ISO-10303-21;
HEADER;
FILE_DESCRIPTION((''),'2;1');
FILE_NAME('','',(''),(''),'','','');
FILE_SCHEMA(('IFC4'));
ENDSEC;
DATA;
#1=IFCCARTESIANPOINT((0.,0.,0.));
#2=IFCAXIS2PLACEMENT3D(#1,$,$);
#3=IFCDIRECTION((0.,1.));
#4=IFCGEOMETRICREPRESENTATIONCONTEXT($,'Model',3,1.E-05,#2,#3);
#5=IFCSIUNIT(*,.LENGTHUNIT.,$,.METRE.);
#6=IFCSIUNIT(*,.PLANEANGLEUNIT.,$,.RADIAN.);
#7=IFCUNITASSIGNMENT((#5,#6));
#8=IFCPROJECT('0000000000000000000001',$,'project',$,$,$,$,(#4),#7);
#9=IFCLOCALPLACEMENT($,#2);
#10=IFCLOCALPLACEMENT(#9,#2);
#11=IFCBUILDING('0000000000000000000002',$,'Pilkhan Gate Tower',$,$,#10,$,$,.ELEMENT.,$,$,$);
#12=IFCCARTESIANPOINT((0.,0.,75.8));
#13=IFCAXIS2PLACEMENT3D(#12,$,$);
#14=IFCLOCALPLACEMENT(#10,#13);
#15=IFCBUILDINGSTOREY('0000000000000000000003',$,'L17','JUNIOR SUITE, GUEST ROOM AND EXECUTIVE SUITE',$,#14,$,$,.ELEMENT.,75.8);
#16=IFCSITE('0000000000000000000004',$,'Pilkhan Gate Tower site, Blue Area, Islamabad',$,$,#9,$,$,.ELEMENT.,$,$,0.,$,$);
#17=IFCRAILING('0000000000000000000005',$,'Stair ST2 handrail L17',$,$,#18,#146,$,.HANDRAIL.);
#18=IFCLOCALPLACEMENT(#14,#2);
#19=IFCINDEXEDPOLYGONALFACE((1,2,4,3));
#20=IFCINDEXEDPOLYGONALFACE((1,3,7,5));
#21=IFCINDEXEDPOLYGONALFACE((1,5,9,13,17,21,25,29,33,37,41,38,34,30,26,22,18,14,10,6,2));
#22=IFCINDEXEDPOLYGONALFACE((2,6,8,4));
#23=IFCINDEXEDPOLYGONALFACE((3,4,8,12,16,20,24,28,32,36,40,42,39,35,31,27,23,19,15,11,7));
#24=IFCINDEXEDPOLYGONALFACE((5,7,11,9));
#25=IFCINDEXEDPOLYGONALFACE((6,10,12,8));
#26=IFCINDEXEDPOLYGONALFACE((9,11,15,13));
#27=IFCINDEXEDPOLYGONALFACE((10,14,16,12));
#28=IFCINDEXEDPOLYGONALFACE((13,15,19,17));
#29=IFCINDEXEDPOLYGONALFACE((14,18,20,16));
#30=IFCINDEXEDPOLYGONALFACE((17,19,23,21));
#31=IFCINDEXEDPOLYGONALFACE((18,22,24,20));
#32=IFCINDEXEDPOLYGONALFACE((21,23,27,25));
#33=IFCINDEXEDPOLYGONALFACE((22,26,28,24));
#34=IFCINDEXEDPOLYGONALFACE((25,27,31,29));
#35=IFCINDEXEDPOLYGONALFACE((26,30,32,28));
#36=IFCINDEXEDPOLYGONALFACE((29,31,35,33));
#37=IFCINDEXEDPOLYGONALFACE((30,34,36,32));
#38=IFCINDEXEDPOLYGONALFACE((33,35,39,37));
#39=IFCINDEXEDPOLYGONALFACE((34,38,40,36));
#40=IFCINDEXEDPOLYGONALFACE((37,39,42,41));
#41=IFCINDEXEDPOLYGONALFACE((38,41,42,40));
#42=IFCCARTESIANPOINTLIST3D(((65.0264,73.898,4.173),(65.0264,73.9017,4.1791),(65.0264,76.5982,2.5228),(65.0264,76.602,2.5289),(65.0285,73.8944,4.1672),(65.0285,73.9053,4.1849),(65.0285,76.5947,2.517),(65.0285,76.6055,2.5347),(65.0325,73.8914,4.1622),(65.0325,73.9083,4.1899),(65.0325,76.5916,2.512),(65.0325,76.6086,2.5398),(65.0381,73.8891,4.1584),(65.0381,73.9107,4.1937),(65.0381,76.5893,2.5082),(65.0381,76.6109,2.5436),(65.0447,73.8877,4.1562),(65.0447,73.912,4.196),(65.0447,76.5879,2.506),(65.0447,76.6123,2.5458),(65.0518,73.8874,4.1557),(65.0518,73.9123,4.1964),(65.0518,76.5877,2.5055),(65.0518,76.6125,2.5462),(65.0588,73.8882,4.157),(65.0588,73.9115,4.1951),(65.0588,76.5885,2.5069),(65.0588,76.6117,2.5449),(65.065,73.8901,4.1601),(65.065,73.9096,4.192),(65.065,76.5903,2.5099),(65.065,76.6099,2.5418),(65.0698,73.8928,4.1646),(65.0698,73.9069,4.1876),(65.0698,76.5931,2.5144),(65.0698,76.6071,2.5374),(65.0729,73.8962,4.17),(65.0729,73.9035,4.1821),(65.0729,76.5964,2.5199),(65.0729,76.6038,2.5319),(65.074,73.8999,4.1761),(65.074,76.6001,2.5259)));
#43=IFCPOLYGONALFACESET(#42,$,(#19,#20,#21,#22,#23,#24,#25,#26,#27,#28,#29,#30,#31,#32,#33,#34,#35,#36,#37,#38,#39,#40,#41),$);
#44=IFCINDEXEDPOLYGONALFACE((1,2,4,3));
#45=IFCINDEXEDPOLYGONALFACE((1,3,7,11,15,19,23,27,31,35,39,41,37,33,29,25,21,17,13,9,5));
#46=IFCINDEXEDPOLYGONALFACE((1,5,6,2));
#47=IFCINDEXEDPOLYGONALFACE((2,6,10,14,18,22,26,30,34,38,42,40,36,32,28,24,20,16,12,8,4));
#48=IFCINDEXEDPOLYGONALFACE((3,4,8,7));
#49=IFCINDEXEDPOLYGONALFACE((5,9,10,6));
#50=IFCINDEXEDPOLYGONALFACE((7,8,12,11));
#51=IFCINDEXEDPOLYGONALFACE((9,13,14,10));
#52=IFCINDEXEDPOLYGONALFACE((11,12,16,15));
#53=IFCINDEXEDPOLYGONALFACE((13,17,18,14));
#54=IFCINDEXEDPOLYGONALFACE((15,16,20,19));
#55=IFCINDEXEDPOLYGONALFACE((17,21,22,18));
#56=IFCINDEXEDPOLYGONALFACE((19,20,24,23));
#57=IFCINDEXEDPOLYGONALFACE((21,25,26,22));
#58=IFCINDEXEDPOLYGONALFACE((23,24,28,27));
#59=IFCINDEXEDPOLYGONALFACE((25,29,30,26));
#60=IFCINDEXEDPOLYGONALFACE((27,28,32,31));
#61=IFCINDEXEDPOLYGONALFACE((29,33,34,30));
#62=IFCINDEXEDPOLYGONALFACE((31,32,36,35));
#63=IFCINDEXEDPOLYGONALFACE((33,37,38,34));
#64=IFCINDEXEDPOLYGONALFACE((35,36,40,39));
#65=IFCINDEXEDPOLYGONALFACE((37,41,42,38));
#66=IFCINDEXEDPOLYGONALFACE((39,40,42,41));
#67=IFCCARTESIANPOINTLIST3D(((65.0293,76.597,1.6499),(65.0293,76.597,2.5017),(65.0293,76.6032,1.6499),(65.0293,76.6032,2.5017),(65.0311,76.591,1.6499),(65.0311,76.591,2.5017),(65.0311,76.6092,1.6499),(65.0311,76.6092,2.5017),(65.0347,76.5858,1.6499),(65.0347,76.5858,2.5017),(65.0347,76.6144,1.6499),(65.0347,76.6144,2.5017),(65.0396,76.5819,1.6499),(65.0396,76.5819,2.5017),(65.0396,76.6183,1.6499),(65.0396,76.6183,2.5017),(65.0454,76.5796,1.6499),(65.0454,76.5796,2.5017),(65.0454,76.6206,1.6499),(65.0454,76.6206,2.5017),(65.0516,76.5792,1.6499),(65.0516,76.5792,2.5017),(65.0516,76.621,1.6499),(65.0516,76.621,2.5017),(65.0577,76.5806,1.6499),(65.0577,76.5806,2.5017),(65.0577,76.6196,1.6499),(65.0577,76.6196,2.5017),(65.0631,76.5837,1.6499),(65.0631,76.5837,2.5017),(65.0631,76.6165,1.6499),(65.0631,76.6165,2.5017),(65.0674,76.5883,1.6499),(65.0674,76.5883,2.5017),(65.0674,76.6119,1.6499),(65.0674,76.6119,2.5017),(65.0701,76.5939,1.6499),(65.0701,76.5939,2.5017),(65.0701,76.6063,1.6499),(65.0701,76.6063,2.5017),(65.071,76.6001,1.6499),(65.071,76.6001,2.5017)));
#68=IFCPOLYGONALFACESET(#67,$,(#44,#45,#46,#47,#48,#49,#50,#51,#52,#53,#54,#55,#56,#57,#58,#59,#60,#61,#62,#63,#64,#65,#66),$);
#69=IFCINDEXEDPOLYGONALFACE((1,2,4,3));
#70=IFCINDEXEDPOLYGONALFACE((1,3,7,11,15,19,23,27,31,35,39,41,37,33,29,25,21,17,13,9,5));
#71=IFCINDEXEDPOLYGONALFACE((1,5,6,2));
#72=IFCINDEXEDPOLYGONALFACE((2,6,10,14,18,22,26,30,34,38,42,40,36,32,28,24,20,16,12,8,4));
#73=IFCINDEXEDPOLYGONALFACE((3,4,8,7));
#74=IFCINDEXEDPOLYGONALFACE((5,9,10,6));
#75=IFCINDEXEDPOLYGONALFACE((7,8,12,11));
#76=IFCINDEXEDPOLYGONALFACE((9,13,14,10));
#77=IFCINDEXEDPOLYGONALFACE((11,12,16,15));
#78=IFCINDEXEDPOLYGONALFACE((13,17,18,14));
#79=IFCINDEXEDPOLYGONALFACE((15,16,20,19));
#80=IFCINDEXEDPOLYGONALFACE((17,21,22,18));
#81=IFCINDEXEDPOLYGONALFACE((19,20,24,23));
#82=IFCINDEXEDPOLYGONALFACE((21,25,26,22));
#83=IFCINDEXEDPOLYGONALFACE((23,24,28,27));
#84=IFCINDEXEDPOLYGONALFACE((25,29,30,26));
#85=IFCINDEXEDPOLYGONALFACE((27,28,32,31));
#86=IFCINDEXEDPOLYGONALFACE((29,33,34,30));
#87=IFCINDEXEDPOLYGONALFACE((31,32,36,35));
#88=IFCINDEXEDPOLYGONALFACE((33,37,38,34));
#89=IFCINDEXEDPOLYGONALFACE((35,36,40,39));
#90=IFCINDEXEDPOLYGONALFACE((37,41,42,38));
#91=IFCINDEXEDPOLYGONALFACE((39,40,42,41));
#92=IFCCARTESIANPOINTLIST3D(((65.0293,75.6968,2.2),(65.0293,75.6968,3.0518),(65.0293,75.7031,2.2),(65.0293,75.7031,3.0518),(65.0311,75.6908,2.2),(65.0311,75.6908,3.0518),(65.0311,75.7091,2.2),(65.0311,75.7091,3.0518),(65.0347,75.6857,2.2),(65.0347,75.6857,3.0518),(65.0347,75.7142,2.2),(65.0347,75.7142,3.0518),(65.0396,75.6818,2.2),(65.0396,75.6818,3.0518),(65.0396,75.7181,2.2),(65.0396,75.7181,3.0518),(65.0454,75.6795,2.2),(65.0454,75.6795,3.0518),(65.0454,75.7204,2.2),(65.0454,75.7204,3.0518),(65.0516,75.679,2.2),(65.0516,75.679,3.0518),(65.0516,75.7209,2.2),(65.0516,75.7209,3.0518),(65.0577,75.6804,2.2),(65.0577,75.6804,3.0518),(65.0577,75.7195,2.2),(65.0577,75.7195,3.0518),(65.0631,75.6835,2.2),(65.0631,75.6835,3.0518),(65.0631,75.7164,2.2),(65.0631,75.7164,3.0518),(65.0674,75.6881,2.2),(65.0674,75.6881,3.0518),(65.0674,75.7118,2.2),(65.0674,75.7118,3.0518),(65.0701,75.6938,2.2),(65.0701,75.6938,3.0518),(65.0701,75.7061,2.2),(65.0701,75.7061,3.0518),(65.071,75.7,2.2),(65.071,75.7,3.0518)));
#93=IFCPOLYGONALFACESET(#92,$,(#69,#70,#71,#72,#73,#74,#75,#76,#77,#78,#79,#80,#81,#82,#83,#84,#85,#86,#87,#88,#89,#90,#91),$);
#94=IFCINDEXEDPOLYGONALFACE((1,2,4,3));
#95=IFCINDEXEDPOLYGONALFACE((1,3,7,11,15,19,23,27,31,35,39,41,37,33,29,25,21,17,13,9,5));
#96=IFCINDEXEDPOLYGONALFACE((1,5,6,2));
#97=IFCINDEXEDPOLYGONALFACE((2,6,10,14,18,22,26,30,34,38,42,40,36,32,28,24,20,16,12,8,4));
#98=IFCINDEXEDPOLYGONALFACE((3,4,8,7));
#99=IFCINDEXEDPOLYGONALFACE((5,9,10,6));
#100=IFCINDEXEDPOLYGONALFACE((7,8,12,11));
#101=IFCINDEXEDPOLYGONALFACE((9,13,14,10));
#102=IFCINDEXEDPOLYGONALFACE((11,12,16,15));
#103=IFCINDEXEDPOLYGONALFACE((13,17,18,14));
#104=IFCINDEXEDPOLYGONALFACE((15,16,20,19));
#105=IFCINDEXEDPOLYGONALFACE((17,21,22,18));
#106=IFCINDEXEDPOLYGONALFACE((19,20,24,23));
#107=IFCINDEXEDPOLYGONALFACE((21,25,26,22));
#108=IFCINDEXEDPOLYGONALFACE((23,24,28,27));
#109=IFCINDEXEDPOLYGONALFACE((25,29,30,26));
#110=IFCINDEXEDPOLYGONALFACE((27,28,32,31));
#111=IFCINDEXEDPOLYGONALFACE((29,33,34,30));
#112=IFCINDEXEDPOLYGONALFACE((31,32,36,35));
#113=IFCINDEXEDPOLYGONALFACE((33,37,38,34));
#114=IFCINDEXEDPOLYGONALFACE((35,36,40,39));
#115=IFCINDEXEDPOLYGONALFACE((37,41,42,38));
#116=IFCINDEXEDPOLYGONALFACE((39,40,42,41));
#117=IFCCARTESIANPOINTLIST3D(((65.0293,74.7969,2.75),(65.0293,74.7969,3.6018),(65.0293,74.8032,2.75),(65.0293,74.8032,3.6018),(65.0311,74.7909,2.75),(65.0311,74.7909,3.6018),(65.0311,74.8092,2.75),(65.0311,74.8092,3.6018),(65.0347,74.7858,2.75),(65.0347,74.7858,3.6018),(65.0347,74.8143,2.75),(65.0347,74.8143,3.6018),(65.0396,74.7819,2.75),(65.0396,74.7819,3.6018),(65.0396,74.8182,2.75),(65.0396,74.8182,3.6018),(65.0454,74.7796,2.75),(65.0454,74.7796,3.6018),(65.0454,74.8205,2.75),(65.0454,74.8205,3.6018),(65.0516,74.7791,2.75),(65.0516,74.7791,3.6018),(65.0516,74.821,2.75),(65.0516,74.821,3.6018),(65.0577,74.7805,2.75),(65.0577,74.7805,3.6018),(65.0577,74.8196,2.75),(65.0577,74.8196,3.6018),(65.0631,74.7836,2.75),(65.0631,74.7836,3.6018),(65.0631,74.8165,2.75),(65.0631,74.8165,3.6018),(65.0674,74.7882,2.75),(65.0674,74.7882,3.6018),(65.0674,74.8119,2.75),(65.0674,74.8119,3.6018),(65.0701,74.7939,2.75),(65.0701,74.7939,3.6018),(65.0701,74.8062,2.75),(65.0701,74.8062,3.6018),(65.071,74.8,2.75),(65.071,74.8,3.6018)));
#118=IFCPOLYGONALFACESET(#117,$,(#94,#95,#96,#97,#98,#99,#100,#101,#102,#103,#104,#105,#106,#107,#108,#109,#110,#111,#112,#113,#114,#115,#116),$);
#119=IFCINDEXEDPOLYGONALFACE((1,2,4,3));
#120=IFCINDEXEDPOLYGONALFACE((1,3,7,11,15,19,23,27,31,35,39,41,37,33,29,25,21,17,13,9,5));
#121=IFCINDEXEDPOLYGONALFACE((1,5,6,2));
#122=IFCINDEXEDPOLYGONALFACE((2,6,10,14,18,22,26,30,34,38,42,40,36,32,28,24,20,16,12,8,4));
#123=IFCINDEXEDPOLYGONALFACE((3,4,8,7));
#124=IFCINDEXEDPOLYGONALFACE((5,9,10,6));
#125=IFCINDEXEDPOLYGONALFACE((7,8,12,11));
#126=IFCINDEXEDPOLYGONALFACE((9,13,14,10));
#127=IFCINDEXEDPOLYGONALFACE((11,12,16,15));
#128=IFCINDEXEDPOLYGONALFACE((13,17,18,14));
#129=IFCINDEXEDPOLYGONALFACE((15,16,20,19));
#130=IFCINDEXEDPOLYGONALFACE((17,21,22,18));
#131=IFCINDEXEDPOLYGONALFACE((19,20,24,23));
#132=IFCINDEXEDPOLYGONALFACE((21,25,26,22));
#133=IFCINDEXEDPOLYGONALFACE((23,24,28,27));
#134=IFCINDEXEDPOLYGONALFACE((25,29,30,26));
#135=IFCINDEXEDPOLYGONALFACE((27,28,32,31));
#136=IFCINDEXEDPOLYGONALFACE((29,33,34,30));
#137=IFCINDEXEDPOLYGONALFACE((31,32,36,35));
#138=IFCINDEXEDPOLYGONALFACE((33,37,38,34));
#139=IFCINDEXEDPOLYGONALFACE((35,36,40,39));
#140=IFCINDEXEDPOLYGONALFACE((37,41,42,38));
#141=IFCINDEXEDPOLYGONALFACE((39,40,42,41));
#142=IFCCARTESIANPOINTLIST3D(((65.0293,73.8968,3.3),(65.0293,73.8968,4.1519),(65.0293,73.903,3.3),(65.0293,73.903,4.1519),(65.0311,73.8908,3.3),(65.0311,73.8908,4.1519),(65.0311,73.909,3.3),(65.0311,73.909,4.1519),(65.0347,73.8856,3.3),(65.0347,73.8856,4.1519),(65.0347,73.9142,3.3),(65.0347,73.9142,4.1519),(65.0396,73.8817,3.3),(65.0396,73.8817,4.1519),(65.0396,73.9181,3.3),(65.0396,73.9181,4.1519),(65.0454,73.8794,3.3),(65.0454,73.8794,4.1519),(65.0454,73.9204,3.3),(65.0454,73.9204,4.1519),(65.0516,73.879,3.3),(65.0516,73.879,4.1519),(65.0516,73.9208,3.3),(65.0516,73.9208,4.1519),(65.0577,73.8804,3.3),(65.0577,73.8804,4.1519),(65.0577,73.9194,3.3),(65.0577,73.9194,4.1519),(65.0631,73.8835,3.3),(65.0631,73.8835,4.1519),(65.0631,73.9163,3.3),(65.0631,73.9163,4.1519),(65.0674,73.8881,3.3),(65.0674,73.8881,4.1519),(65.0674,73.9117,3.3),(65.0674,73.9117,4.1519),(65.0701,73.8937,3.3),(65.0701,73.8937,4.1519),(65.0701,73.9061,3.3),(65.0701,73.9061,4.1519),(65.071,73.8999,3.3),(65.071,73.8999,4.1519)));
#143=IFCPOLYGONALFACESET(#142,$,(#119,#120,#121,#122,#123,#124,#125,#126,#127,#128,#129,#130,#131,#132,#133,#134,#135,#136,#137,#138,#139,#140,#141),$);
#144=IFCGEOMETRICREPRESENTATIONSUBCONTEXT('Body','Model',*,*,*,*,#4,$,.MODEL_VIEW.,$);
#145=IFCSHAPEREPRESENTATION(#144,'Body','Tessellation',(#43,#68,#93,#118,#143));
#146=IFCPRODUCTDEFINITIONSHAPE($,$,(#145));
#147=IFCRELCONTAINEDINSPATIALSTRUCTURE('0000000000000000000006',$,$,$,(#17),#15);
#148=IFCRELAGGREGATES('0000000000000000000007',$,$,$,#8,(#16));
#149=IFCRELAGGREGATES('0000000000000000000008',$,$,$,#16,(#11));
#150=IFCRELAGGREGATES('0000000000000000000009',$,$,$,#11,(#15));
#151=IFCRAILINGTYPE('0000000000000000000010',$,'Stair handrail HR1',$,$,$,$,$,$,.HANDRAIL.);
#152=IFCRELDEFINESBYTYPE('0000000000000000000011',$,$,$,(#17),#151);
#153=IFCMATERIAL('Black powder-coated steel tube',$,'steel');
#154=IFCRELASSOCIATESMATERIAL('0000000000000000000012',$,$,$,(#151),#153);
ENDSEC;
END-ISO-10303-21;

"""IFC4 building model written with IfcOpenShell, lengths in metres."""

from ifc_helpers import new_model, si_unit, direction, frame, origin, origin_2d, place, context, subcontext, project, spatial, circle, extrude, material, type_object, element, save


model = new_model("IFC4")

# Units and contexts
model_context = context("Model", 3, precision=1e-05, world=origin(), true_north=direction((0.0, 1.0)))
body_context = subcontext(model_context, "Body", "Model", "MODEL_VIEW")
ifc_project = project(units=[si_unit("LENGTHUNIT", "METRE"), si_unit("PLANEANGLEUNIT", "RADIAN")], contexts=[model_context])

# Site, building, storey
site_placement = place(None, origin())
site = spatial("IfcSite", under=ifc_project, at=site_placement, Name="Pilkhan Gate Tower site, Blue Area, Islamabad", CompositionType="ELEMENT", RefElevation=0.0)
building_placement = place(site_placement, origin())
building = spatial("IfcBuilding", under=site, at=building_placement, Name="Pilkhan Gate Tower", CompositionType="ELEMENT")
storey_placement = place(building_placement, frame((0.0, 0.0, 75.8)))
storey = spatial("IfcBuildingStorey", under=building, at=storey_placement, Name="L17", Description="JUNIOR SUITE, GUEST ROOM AND EXECUTIVE SUITE", CompositionType="ELEMENT", Elevation=75.8)

# Railing
ifc_material_1 = material(Name="Black powder-coated steel tube", Category="steel")
railing_type_1 = type_object("IfcRailingType", Name="Stair handrail HR1", PredefinedType="HANDRAIL", material=ifc_material_1)
railing_1_placement = place(storey_placement, frame((65.05, 76.6001, 1.6499)))
element("IfcRailing", 1, at=railing_1_placement, inside=storey, type_object=railing_type_1, Name="Stair ST2 handrail L17", PredefinedType="HANDRAIL", context=body_context, shape_type="SweptSolid", body=[
    extrude(circle(Radius=0.0239, at=origin_2d()), frame((0.0, 0.0, 0.876), z_axis=(0.0, -0.853278, 0.521456), x_axis=(1.0, 0.0, 0.0)), (0.0, 0.0, 1.0), 3.1646),
    extrude(circle(Radius=0.021, at=origin_2d()), origin(), (0.0, 0.0, 1.0), 0.8518),
    extrude(circle(Radius=0.021, at=origin_2d()), frame((0.0, -0.9001, 0.55)), (0.0, 0.0, 1.0), 0.8518),
    extrude(circle(Radius=0.021, at=origin_2d()), frame((0.0, -1.8, 1.1001)), (0.0, 0.0, 1.0), 0.8518),
    extrude(circle(Radius=0.021, at=origin_2d()), frame((0.0, -2.7002, 1.6501)), (0.0, 0.0, 1.0), 0.8518),
])

save(model, "model.ifc")
